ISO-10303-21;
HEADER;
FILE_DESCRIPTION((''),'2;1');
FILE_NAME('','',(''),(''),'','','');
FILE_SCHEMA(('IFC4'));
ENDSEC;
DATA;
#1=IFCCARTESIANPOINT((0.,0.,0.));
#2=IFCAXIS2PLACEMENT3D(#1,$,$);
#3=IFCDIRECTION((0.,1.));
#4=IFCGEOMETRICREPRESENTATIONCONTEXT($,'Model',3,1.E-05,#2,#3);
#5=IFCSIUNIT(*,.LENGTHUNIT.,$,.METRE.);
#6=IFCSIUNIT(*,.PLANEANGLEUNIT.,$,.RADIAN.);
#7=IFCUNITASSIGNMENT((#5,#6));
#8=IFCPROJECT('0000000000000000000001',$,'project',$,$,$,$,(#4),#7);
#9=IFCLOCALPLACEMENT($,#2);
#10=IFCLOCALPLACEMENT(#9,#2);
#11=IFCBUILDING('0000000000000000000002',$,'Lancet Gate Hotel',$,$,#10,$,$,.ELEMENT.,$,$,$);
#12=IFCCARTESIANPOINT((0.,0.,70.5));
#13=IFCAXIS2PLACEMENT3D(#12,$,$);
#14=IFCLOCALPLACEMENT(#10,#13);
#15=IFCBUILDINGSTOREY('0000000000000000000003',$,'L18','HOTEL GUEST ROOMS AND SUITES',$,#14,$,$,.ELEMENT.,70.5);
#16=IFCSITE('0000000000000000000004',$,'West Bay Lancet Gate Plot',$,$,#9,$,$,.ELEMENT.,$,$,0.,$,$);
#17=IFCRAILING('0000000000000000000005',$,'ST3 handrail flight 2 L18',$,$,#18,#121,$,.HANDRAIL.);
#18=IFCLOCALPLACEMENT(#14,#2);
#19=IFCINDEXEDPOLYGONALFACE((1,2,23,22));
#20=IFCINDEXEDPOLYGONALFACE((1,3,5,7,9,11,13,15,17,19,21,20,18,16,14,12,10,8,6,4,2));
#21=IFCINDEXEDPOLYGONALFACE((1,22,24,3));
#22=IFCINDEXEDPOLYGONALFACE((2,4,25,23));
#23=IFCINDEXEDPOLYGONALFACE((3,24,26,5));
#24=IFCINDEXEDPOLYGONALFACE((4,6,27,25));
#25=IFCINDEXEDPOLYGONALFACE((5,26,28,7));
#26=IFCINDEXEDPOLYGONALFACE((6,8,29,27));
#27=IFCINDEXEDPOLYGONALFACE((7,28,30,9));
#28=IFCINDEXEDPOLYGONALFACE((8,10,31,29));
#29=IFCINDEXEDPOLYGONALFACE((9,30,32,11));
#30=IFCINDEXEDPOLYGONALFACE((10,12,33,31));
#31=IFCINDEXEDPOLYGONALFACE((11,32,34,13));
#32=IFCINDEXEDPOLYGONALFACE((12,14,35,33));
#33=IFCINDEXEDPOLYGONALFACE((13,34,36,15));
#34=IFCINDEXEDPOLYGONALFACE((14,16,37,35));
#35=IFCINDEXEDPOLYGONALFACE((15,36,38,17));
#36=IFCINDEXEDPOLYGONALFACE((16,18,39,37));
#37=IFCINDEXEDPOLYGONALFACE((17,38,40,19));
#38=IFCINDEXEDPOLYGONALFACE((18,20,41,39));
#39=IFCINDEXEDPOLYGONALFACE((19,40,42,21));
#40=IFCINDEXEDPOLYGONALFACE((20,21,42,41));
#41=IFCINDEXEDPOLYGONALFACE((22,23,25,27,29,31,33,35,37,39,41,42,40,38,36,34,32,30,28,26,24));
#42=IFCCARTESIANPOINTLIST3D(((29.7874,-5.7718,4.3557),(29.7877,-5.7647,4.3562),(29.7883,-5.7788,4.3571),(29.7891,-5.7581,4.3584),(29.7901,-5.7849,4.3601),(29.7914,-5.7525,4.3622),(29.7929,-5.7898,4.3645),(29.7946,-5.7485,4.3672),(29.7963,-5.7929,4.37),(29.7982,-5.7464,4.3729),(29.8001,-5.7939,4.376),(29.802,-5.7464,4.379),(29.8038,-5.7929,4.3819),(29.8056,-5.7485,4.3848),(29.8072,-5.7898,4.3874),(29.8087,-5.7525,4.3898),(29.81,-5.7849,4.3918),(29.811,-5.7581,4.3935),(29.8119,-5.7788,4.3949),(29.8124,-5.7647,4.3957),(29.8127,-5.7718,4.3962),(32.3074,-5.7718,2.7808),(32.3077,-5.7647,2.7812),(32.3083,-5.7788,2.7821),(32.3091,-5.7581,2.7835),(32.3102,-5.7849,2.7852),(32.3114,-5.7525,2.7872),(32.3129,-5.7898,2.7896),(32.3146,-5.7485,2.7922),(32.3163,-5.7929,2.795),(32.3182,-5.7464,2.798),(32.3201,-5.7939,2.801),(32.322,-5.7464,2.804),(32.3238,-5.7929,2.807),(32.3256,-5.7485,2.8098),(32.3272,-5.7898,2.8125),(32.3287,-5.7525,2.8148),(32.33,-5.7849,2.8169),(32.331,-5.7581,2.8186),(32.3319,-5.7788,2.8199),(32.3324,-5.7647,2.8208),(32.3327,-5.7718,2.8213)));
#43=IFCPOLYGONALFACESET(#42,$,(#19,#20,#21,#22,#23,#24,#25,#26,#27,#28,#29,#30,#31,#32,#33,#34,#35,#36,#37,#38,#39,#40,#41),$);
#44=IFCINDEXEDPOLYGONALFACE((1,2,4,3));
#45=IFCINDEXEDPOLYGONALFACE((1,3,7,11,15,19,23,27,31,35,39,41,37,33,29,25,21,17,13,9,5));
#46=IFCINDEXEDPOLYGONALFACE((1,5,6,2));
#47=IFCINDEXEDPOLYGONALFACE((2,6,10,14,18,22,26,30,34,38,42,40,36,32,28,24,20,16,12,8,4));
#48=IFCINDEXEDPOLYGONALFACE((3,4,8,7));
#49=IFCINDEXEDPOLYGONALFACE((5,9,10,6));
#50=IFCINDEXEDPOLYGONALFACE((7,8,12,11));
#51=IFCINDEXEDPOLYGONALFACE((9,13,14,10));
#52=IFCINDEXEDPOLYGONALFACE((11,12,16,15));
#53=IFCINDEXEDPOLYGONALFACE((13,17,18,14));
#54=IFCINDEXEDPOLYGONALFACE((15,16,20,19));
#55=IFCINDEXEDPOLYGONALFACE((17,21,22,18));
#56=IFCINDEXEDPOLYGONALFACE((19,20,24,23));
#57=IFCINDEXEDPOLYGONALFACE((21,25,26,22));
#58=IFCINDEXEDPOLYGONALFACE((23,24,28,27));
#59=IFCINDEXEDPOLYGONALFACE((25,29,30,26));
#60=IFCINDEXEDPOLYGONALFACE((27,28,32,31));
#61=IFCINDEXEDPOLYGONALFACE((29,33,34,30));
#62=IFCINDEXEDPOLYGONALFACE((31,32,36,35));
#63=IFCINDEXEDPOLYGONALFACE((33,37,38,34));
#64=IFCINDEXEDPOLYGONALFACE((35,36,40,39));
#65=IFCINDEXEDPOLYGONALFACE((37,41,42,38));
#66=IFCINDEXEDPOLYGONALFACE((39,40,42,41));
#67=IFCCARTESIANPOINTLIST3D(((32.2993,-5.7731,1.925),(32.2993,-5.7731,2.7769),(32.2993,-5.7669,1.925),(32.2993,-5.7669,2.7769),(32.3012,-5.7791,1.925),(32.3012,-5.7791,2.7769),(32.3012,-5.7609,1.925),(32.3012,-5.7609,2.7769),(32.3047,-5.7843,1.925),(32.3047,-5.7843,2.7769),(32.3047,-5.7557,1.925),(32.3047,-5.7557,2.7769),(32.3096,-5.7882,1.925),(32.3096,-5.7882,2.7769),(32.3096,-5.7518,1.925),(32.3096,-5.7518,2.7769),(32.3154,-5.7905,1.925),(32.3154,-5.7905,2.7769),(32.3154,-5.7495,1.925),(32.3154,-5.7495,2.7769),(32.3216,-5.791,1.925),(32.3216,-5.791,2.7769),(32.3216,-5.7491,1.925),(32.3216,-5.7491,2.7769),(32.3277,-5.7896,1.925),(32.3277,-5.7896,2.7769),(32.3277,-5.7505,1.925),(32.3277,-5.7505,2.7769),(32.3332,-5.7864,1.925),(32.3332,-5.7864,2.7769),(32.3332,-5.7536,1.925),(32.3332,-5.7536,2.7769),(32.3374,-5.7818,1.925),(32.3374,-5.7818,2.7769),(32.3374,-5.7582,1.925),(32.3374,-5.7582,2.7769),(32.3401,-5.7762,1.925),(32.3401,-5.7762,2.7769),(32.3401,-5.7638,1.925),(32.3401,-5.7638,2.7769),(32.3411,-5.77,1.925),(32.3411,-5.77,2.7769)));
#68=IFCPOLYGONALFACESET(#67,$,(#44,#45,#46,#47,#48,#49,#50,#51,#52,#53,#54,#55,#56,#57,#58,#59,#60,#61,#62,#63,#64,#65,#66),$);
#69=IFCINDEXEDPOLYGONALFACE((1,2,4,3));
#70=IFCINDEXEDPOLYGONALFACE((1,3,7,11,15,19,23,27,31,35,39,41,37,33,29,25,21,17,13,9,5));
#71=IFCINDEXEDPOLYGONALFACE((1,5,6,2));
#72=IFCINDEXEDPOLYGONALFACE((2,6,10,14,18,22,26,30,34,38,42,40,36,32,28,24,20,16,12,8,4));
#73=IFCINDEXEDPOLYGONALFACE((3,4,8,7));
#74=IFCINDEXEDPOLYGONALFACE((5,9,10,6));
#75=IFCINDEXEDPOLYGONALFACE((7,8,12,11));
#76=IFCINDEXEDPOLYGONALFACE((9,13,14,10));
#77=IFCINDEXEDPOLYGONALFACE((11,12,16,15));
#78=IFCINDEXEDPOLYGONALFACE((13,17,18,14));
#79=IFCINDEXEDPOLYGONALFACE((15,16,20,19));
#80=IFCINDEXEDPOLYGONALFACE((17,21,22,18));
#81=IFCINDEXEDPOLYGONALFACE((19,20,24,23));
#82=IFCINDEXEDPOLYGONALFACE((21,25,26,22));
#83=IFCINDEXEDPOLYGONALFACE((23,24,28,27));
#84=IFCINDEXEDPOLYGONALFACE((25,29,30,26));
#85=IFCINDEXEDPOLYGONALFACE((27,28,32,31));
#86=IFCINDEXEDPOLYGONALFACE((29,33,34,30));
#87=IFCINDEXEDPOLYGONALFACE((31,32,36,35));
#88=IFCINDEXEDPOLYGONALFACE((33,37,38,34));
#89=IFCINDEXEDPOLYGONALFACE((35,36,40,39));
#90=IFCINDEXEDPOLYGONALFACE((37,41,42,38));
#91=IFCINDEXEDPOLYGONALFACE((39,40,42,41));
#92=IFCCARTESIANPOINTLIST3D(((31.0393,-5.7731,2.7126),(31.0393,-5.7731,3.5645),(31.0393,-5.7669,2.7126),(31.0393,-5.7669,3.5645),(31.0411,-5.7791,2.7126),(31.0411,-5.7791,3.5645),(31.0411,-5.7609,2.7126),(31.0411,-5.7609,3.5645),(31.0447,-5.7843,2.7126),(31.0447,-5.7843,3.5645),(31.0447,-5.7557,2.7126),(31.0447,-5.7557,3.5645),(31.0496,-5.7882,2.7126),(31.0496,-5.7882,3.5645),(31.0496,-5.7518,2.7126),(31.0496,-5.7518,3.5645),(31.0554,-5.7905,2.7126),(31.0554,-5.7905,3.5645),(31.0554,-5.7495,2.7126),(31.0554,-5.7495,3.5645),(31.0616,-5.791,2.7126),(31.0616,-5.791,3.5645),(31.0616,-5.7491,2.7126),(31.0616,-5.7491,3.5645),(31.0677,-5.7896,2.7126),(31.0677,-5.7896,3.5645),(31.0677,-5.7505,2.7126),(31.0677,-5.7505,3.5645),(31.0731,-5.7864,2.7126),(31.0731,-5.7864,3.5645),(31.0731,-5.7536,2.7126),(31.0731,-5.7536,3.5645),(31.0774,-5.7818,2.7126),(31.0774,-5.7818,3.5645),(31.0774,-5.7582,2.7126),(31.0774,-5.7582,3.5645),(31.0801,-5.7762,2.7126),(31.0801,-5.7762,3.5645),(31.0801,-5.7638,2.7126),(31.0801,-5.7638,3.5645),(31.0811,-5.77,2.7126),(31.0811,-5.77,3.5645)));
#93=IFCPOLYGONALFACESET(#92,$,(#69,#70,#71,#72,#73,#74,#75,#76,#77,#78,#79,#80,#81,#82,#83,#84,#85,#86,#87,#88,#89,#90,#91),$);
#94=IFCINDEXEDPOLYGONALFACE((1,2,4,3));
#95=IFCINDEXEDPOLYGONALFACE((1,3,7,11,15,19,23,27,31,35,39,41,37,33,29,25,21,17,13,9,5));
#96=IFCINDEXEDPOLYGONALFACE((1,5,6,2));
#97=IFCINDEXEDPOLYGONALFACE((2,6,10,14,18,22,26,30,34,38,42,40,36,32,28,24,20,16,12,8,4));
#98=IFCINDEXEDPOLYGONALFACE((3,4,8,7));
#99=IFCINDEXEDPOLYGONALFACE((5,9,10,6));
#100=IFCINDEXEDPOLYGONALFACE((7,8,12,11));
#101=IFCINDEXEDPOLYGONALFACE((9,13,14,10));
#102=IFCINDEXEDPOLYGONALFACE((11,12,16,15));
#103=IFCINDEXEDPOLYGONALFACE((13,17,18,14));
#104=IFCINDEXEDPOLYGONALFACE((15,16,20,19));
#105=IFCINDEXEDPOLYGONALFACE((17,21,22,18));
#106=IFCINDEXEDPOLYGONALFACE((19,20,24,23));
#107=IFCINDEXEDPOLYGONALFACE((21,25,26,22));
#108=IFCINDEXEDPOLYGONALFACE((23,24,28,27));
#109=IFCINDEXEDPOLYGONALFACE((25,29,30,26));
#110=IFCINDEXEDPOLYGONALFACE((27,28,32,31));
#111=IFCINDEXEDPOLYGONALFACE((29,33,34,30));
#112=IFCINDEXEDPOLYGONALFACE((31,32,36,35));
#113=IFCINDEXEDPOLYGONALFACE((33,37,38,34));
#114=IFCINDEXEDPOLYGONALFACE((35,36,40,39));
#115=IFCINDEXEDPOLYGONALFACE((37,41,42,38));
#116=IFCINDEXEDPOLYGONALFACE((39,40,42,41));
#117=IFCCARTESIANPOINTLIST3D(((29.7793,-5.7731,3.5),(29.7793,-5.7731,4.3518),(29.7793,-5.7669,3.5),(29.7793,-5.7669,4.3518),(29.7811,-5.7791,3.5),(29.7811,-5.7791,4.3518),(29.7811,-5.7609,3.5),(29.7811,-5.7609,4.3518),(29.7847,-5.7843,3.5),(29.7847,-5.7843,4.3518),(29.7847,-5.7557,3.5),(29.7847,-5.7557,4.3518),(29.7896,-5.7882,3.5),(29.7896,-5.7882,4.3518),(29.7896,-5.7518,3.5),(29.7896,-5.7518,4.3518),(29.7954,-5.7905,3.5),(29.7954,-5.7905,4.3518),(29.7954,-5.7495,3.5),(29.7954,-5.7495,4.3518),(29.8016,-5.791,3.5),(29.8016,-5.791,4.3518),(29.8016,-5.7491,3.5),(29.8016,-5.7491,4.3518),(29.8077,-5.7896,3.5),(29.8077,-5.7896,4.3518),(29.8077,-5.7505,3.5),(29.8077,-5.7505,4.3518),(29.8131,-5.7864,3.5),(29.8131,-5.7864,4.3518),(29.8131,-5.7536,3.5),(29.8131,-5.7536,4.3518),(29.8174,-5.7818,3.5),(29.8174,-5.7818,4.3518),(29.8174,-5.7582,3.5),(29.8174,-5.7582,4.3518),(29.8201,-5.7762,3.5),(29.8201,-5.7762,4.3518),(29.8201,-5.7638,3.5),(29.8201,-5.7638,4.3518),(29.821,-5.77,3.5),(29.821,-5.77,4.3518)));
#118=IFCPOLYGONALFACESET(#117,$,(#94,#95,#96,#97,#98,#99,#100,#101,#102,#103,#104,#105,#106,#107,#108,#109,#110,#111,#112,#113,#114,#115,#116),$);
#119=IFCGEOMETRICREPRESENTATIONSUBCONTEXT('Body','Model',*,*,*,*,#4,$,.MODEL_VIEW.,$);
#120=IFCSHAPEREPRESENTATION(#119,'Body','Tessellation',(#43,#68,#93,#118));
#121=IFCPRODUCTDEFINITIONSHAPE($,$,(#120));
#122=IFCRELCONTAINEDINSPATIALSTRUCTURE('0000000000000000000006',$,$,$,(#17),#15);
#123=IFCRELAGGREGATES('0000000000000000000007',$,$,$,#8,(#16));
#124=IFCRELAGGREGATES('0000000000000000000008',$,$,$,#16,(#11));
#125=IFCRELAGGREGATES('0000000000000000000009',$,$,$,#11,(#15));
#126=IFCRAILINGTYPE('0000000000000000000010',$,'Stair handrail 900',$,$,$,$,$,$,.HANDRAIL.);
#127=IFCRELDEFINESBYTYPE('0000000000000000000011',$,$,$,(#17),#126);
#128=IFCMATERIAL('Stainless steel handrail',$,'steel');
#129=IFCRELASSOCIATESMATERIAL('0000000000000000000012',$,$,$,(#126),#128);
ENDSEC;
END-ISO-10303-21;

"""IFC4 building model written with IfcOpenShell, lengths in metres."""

from ifc_helpers import new_model, si_unit, direction, frame, origin, origin_2d, place, context, subcontext, project, spatial, circle, extrude, material, type_object, element, save


model = new_model("IFC4")

# Units and contexts
model_context = context("Model", 3, precision=1e-05, world=origin(), true_north=direction((0.0, 1.0)))
body_context = subcontext(model_context, "Body", "Model", "MODEL_VIEW")
ifc_project = project(units=[si_unit("LENGTHUNIT", "METRE"), si_unit("PLANEANGLEUNIT", "RADIAN")], contexts=[model_context])

# Site, building, storey
site_placement = place(None, origin())
site = spatial("IfcSite", under=ifc_project, at=site_placement, Name="West Bay Lancet Gate Plot", CompositionType="ELEMENT", RefElevation=0.0)
building_placement = place(site_placement, origin())
building = spatial("IfcBuilding", under=site, at=building_placement, Name="Lancet Gate Hotel", CompositionType="ELEMENT")
storey_placement = place(building_placement, frame((0.0, 0.0, 70.5)))
storey = spatial("IfcBuildingStorey", under=building, at=storey_placement, Name="L18", Description="HOTEL GUEST ROOMS AND SUITES", CompositionType="ELEMENT", Elevation=70.5)

# Railing
ifc_material_1 = material(Name="Stainless steel handrail", Category="steel")
railing_type = type_object("IfcRailingType", Name="Stair handrail 900", PredefinedType="HANDRAIL", material=ifc_material_1)
railing_1_placement = place(storey_placement, frame((32.3201, -5.77, 1.925)))
element("IfcRailing", 1, at=railing_1_placement, inside=storey, type_object=railing_type, Name="ST3 handrail flight 2 L18", PredefinedType="HANDRAIL", context=body_context, shape_type="SweptSolid", body=[
    extrude(circle(Radius=0.0239, at=origin_2d()), frame((0.0, 0.0, 0.876), z_axis=(-0.848008, 0.0, 0.529984), x_axis=(0.0, -1.0, 0.0)), (0.0, 0.0, 1.0), 2.9717),
    extrude(circle(Radius=0.021, at=origin_2d()), origin(), (0.0, 0.0, 1.0), 0.8518),
    extrude(circle(Radius=0.021, at=origin_2d()), frame((-1.26, 0.0, 0.7876)), (0.0, 0.0, 1.0), 0.8518),
    extrude(circle(Radius=0.021, at=origin_2d()), frame((-2.52, 0.0, 1.575)), (0.0, 0.0, 1.0), 0.8518),
])

save(model, "model.ifc")
